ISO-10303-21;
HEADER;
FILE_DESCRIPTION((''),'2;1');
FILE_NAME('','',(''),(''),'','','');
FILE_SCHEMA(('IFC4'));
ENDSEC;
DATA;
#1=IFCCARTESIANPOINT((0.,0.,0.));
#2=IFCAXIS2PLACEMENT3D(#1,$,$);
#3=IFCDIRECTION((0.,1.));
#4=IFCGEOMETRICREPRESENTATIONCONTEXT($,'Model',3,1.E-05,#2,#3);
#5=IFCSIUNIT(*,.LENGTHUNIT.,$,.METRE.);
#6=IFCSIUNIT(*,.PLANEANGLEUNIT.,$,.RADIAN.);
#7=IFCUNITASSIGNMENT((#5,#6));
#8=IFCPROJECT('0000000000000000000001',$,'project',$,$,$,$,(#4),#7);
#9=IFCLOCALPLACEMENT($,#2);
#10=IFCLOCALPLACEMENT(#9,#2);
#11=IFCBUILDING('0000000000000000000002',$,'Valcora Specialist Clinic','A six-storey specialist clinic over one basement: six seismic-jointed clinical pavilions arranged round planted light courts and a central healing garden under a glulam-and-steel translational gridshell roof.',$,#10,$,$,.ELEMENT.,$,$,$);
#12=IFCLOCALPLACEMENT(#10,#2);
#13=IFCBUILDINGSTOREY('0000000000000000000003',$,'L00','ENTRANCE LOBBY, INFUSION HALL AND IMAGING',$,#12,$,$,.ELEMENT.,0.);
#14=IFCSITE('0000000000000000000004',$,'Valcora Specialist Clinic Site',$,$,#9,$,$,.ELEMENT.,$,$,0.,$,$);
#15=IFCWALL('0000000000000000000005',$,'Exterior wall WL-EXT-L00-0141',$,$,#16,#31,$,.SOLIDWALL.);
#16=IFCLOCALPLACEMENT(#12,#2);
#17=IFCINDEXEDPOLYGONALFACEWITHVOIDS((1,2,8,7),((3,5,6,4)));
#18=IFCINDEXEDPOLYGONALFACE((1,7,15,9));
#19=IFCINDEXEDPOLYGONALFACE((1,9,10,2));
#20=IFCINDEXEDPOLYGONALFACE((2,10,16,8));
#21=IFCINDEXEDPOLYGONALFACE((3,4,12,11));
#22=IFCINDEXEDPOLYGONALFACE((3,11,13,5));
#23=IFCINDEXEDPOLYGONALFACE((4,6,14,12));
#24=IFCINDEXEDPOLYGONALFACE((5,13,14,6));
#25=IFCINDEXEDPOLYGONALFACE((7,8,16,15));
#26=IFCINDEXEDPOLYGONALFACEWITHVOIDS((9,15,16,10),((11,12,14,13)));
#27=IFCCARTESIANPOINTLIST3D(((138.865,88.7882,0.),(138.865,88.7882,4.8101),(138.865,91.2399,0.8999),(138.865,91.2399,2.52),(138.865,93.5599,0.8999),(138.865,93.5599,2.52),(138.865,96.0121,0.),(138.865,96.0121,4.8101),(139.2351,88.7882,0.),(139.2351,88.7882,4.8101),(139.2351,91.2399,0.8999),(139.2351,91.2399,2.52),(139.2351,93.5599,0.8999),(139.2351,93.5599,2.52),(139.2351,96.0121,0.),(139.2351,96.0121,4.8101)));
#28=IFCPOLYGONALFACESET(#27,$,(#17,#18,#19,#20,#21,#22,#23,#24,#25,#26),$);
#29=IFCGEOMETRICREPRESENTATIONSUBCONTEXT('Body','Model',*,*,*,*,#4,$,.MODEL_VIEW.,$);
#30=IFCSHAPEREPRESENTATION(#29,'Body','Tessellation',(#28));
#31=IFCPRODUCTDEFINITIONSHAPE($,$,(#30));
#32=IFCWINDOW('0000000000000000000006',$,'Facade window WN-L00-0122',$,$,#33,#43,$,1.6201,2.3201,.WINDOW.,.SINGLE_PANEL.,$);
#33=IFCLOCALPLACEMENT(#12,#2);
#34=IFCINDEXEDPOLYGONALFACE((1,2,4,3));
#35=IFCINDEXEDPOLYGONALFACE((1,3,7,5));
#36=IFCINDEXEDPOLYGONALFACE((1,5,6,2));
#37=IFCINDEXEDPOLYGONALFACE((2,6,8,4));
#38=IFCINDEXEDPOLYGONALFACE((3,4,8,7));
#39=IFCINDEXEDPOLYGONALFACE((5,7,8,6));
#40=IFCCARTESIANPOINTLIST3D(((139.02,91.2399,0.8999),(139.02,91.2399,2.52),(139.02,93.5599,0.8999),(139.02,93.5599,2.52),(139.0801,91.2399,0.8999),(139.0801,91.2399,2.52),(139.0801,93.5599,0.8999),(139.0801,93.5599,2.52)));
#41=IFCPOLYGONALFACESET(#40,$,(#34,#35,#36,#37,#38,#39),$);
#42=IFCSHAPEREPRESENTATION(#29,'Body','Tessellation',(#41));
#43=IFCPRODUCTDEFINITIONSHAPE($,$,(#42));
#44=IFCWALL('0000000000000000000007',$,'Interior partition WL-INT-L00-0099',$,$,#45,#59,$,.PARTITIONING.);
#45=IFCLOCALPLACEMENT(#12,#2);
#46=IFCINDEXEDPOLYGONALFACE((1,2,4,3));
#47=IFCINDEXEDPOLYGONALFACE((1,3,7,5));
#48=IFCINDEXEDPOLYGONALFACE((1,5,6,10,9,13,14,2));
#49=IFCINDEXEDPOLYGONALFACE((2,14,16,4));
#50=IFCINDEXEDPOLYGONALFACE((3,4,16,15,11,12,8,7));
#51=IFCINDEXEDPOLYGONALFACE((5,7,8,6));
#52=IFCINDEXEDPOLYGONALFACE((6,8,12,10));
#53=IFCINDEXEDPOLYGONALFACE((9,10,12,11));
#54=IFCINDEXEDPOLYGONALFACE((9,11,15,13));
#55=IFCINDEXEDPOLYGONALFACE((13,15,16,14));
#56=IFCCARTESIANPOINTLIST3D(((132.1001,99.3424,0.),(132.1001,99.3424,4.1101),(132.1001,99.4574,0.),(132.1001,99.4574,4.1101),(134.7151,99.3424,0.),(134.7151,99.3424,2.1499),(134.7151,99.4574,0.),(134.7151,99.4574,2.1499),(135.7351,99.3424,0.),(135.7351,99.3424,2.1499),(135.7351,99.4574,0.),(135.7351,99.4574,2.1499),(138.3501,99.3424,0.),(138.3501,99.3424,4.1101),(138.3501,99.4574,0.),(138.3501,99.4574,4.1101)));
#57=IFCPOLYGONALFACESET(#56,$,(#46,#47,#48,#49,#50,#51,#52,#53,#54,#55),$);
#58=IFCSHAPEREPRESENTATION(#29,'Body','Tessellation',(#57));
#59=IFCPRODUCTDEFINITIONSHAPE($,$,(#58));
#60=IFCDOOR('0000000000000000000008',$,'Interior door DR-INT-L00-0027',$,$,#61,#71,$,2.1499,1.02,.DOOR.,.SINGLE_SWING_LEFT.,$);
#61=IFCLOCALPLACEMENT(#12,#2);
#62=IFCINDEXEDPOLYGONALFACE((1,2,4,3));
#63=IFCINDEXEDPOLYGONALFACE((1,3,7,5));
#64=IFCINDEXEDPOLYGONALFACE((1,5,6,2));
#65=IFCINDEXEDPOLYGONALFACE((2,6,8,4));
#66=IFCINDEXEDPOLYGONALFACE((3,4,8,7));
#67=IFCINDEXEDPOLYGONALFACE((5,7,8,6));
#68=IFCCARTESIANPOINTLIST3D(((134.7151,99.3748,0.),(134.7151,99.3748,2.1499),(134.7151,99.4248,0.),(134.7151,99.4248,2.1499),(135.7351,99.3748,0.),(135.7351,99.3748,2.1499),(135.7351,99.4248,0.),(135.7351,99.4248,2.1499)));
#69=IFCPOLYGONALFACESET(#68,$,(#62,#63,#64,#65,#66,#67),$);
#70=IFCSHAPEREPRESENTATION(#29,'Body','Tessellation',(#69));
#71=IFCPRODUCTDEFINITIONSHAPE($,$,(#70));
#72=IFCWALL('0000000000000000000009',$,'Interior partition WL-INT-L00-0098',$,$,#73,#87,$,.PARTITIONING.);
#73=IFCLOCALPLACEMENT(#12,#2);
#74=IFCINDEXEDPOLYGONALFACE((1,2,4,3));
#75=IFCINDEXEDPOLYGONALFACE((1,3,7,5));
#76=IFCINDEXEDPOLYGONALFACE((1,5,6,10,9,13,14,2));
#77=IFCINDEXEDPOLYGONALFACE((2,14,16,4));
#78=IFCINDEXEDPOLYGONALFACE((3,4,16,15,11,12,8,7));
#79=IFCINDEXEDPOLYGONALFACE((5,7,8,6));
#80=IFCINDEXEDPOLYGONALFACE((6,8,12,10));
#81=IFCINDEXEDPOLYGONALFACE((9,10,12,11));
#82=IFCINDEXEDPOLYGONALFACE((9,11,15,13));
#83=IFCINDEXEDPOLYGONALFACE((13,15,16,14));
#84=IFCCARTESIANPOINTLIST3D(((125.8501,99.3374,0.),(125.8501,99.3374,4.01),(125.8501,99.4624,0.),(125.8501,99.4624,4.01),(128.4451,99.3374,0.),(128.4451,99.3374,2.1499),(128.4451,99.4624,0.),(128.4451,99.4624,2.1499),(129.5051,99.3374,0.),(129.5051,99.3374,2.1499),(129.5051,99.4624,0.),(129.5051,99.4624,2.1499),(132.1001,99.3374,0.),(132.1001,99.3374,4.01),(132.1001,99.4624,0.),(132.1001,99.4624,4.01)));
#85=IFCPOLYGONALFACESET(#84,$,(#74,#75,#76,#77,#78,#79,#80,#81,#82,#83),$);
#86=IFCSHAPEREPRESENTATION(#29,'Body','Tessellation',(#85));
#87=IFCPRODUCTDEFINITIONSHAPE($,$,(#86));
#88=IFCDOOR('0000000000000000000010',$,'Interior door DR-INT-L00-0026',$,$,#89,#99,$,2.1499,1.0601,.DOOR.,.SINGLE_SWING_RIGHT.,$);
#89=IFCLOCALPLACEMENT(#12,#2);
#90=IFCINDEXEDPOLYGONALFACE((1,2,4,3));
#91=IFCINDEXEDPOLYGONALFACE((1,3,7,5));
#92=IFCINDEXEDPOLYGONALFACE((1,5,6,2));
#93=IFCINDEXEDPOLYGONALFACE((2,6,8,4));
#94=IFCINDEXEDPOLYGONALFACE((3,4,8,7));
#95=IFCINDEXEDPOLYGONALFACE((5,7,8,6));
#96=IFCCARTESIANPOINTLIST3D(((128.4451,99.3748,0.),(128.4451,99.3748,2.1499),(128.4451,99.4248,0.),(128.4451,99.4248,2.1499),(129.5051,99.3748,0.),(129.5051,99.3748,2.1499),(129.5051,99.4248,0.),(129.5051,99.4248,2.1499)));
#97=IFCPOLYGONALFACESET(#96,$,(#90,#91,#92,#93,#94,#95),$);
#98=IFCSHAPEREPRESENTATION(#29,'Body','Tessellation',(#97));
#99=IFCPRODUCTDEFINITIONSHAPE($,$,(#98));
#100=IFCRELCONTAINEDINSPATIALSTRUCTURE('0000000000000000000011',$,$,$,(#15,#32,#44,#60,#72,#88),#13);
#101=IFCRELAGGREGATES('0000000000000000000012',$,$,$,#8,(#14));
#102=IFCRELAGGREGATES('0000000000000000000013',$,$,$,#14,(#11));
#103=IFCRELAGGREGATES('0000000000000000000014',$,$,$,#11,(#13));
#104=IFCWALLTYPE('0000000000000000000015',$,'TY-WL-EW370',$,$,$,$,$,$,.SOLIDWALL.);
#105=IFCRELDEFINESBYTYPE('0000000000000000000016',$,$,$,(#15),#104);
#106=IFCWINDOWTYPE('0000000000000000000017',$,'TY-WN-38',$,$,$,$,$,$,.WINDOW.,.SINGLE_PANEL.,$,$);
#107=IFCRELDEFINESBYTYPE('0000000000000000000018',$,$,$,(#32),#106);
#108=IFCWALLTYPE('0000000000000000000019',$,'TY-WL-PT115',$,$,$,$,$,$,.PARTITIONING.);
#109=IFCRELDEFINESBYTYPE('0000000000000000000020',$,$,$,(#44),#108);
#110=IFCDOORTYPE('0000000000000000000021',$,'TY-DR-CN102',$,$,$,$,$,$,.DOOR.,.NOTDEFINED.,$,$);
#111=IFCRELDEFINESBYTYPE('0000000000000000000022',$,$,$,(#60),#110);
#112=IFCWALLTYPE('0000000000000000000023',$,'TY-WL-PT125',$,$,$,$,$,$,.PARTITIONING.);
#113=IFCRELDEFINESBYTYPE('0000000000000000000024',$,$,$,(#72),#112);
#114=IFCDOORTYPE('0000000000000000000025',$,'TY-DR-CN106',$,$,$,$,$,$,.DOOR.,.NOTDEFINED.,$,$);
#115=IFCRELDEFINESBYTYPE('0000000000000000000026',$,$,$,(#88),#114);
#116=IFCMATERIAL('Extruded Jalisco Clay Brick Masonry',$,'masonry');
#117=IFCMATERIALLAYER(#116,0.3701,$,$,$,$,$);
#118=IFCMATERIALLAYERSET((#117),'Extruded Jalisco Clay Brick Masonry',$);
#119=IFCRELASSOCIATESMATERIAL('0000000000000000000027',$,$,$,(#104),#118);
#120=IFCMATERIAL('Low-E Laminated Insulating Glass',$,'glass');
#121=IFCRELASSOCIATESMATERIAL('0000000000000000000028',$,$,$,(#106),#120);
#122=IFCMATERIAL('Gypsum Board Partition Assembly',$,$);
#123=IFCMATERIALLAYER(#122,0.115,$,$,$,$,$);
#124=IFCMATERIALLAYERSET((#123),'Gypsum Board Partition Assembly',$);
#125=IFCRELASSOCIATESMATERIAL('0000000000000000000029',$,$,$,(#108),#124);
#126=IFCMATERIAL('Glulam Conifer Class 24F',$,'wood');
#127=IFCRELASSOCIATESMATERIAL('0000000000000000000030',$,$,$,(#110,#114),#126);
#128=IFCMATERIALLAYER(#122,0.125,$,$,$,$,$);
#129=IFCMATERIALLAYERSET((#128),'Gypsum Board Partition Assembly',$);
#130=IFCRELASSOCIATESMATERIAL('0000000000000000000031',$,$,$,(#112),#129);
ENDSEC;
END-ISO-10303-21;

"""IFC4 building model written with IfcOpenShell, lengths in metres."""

from ifc_helpers import new_model, si_unit, direction, frame, frame_2d, origin, place, context, subcontext, project, spatial, rectangle, extrude, material, layer, layer_set, type_object, element, fill, save


model = new_model("IFC4")

# Units and contexts
model_context = context("Model", 3, precision=1e-05, world=origin(), true_north=direction((0.0, 1.0)))
body_context = subcontext(model_context, "Body", "Model", "MODEL_VIEW")
ifc_project = project(units=[si_unit("LENGTHUNIT", "METRE"), si_unit("PLANEANGLEUNIT", "RADIAN")], contexts=[model_context])

# Site, building, storey
site_placement = place(None, origin())
site = spatial("IfcSite", under=ifc_project, at=site_placement, Name="Valcora Specialist Clinic Site", CompositionType="ELEMENT", RefElevation=0.0)
building_placement = place(site_placement, origin())
building = spatial("IfcBuilding", under=site, at=building_placement, Name="Valcora Specialist Clinic", Description="A six-storey specialist clinic over one basement: six seismic-jointed clinical pavilions arranged round planted light courts and a central healing garden under a glulam-and-steel translational gridshell roof.", CompositionType="ELEMENT")
storey_placement = place(building_placement, origin())
storey = spatial("IfcBuildingStorey", under=building, at=storey_placement, Name="L00", Description="ENTRANCE LOBBY, INFUSION HALL AND IMAGING", CompositionType="ELEMENT", Elevation=0.0)

# Shared definitions
ifc_material_1 = material(Name="Low-E Laminated Insulating Glass", Category="glass")

# Wall, opening, window
ifc_material_2 = material(Name="Extruded Jalisco Clay Brick Masonry", Category="masonry")
ifc_layer_1 = layer(ifc_material_2, 0.3701)
ifc_layer_set_1 = layer_set([ifc_layer_1], Name="Extruded Jalisco Clay Brick Masonry")
wall_type_1 = type_object("IfcWallType", Name="TY-WL-EW370", PredefinedType="SOLIDWALL", material=ifc_layer_set_1)
wall_1_placement = place(storey_placement, frame((139.05, 96.012, 0.0), z_axis=(0.0, 0.0, 1.0), x_axis=(0.0, -1.0, 0.0)))
wall_1 = element("IfcWall", 1, at=wall_1_placement, inside=storey, type_object=wall_type_1, Name="Exterior wall WL-EXT-L00-0141", PredefinedType="SOLIDWALL", context=body_context, shape_type="SweptSolid", body=[
    extrude(rectangle(XDim=7.2239, YDim=0.3701, at=frame_2d((3.6118, 0.0))), origin(), (0.0, 0.0, 1.0), 4.8101),
])
opening_1_placement = place(wall_1_placement, frame((2.4519, 0.0, 0.8999)))
opening_1 = element("IfcOpeningElement", 2, at=opening_1_placement, cuts=wall_1, PredefinedType="OPENING", context=body_context, shape_type="SweptSolid", body=[
    extrude(rectangle(XDim=2.3201, YDim=1.6201, at=frame_2d((1.1602, 0.8101))), frame((0.0, 0.1951, 0.0), z_axis=(0.0, -1.0, 0.0), x_axis=(1.0, 0.0, 0.0)), (0.0, 0.0, 1.0), 0.3901),
])
window_type_1 = type_object("IfcWindowType", Name="TY-WN-38", PartitioningType="SINGLE_PANEL", PredefinedType="WINDOW", material=ifc_material_1)
window_1_placement = place(opening_1_placement, origin())
window_1 = element("IfcWindow", 3, at=window_1_placement, inside=storey, type_object=window_type_1, Name="Facade window WN-L00-0122", OverallHeight=1.6201, OverallWidth=2.3201, PartitioningType="SINGLE_PANEL", PredefinedType="WINDOW", context=body_context, shape_type="SweptSolid", body=[
    extrude(rectangle(XDim=2.3201, YDim=1.6201, at=frame_2d((1.1602, 0.8101))), frame((0.0, 0.03, 0.0), z_axis=(0.0, -1.0, 0.0), x_axis=(1.0, 0.0, 0.0)), (0.0, 0.0, 1.0), 0.0601),
])
fill(opening_1, window_1)

# Walls, openings, doors
ifc_material_3 = material(Name="Gypsum Board Partition Assembly")
ifc_layer_2 = layer(ifc_material_3, 0.115)
ifc_layer_set_2 = layer_set([ifc_layer_2], Name="Gypsum Board Partition Assembly")
wall_type_2 = type_object("IfcWallType", Name="TY-WL-PT115", PredefinedType="PARTITIONING", material=ifc_layer_set_2)
wall_2_placement = place(storey_placement, frame((132.1001, 99.3999, 0.0), z_axis=(0.0, 0.0, 1.0), x_axis=(1.0, 0.0, 0.0)))
wall_2 = element("IfcWall", 4, at=wall_2_placement, inside=storey, type_object=wall_type_2, Name="Interior partition WL-INT-L00-0099", PredefinedType="PARTITIONING", context=body_context, shape_type="SweptSolid", body=[
    extrude(rectangle(XDim=6.25, YDim=0.115, at=frame_2d((3.125, 0.0))), origin(), (0.0, 0.0, 1.0), 4.1101),
])
opening_2_placement = place(wall_2_placement, frame((2.615, 0.0, 0.0)))
opening_2 = element("IfcOpeningElement", 5, at=opening_2_placement, cuts=wall_2, PredefinedType="OPENING", context=body_context, shape_type="SweptSolid", body=[
    extrude(rectangle(XDim=1.02, YDim=2.1499, at=frame_2d((0.51, 1.075))), frame((0.0, 0.0674, 0.0), z_axis=(0.0, -1.0, 0.0), x_axis=(1.0, 0.0, 0.0)), (0.0, 0.0, 1.0), 0.135),
])
ifc_material_4 = material(Name="Glulam Conifer Class 24F", Category="wood")
door_type_1 = type_object("IfcDoorType", Name="TY-DR-CN102", OperationType="NOTDEFINED", PredefinedType="DOOR", material=ifc_material_4)
door_1_placement = place(opening_2_placement, origin())
door_1 = element("IfcDoor", 6, at=door_1_placement, inside=storey, type_object=door_type_1, Name="Interior door DR-INT-L00-0027", OperationType="SINGLE_SWING_LEFT", OverallHeight=2.1499, OverallWidth=1.02, PredefinedType="DOOR", context=body_context, shape_type="SweptSolid", body=[
    extrude(rectangle(XDim=1.02, YDim=2.1499, at=frame_2d((0.51, 1.075))), frame((0.0, 0.0249, 0.0), z_axis=(0.0, -1.0, 0.0), x_axis=(1.0, 0.0, 0.0)), (0.0, 0.0, 1.0), 0.05),
])
fill(opening_2, door_1)
ifc_layer_3 = layer(ifc_material_3, 0.125)
ifc_layer_set_3 = layer_set([ifc_layer_3], Name="Gypsum Board Partition Assembly")
wall_type_3 = type_object("IfcWallType", Name="TY-WL-PT125", PredefinedType="PARTITIONING", material=ifc_layer_set_3)
wall_3_placement = place(storey_placement, frame((125.8501, 99.3999, 0.0), z_axis=(0.0, 0.0, 1.0), x_axis=(1.0, 0.0, 0.0)))
wall_3 = element("IfcWall", 7, at=wall_3_placement, inside=storey, type_object=wall_type_3, Name="Interior partition WL-INT-L00-0098", PredefinedType="PARTITIONING", context=body_context, shape_type="SweptSolid", body=[
    extrude(rectangle(XDim=6.25, YDim=0.125, at=frame_2d((3.125, 0.0))), origin(), (0.0, 0.0, 1.0), 4.01),
])
opening_3_placement = place(wall_3_placement, frame((2.595, 0.0, 0.0)))
opening_3 = element("IfcOpeningElement", 8, at=opening_3_placement, cuts=wall_3, PredefinedType="OPENING", context=body_context, shape_type="SweptSolid", body=[
    extrude(rectangle(XDim=1.0601, YDim=2.1499, at=frame_2d((0.53, 1.075))), frame((0.0, 0.0725, 0.0), z_axis=(0.0, -1.0, 0.0), x_axis=(1.0, 0.0, 0.0)), (0.0, 0.0, 1.0), 0.145),
])
door_type_2 = type_object("IfcDoorType", Name="TY-DR-CN106", OperationType="NOTDEFINED", PredefinedType="DOOR", material=ifc_material_4)
door_2_placement = place(opening_3_placement, origin())
door_2 = element("IfcDoor", 9, at=door_2_placement, inside=storey, type_object=door_type_2, Name="Interior door DR-INT-L00-0026", OperationType="SINGLE_SWING_RIGHT", OverallHeight=2.1499, OverallWidth=1.0601, PredefinedType="DOOR", context=body_context, shape_type="SweptSolid", body=[
    extrude(rectangle(XDim=1.0601, YDim=2.1499, at=frame_2d((0.53, 1.075))), frame((0.0, 0.0249, 0.0), z_axis=(0.0, -1.0, 0.0), x_axis=(1.0, 0.0, 0.0)), (0.0, 0.0, 1.0), 0.05),
])
fill(opening_3, door_2)

save(model, "model.ifc")
